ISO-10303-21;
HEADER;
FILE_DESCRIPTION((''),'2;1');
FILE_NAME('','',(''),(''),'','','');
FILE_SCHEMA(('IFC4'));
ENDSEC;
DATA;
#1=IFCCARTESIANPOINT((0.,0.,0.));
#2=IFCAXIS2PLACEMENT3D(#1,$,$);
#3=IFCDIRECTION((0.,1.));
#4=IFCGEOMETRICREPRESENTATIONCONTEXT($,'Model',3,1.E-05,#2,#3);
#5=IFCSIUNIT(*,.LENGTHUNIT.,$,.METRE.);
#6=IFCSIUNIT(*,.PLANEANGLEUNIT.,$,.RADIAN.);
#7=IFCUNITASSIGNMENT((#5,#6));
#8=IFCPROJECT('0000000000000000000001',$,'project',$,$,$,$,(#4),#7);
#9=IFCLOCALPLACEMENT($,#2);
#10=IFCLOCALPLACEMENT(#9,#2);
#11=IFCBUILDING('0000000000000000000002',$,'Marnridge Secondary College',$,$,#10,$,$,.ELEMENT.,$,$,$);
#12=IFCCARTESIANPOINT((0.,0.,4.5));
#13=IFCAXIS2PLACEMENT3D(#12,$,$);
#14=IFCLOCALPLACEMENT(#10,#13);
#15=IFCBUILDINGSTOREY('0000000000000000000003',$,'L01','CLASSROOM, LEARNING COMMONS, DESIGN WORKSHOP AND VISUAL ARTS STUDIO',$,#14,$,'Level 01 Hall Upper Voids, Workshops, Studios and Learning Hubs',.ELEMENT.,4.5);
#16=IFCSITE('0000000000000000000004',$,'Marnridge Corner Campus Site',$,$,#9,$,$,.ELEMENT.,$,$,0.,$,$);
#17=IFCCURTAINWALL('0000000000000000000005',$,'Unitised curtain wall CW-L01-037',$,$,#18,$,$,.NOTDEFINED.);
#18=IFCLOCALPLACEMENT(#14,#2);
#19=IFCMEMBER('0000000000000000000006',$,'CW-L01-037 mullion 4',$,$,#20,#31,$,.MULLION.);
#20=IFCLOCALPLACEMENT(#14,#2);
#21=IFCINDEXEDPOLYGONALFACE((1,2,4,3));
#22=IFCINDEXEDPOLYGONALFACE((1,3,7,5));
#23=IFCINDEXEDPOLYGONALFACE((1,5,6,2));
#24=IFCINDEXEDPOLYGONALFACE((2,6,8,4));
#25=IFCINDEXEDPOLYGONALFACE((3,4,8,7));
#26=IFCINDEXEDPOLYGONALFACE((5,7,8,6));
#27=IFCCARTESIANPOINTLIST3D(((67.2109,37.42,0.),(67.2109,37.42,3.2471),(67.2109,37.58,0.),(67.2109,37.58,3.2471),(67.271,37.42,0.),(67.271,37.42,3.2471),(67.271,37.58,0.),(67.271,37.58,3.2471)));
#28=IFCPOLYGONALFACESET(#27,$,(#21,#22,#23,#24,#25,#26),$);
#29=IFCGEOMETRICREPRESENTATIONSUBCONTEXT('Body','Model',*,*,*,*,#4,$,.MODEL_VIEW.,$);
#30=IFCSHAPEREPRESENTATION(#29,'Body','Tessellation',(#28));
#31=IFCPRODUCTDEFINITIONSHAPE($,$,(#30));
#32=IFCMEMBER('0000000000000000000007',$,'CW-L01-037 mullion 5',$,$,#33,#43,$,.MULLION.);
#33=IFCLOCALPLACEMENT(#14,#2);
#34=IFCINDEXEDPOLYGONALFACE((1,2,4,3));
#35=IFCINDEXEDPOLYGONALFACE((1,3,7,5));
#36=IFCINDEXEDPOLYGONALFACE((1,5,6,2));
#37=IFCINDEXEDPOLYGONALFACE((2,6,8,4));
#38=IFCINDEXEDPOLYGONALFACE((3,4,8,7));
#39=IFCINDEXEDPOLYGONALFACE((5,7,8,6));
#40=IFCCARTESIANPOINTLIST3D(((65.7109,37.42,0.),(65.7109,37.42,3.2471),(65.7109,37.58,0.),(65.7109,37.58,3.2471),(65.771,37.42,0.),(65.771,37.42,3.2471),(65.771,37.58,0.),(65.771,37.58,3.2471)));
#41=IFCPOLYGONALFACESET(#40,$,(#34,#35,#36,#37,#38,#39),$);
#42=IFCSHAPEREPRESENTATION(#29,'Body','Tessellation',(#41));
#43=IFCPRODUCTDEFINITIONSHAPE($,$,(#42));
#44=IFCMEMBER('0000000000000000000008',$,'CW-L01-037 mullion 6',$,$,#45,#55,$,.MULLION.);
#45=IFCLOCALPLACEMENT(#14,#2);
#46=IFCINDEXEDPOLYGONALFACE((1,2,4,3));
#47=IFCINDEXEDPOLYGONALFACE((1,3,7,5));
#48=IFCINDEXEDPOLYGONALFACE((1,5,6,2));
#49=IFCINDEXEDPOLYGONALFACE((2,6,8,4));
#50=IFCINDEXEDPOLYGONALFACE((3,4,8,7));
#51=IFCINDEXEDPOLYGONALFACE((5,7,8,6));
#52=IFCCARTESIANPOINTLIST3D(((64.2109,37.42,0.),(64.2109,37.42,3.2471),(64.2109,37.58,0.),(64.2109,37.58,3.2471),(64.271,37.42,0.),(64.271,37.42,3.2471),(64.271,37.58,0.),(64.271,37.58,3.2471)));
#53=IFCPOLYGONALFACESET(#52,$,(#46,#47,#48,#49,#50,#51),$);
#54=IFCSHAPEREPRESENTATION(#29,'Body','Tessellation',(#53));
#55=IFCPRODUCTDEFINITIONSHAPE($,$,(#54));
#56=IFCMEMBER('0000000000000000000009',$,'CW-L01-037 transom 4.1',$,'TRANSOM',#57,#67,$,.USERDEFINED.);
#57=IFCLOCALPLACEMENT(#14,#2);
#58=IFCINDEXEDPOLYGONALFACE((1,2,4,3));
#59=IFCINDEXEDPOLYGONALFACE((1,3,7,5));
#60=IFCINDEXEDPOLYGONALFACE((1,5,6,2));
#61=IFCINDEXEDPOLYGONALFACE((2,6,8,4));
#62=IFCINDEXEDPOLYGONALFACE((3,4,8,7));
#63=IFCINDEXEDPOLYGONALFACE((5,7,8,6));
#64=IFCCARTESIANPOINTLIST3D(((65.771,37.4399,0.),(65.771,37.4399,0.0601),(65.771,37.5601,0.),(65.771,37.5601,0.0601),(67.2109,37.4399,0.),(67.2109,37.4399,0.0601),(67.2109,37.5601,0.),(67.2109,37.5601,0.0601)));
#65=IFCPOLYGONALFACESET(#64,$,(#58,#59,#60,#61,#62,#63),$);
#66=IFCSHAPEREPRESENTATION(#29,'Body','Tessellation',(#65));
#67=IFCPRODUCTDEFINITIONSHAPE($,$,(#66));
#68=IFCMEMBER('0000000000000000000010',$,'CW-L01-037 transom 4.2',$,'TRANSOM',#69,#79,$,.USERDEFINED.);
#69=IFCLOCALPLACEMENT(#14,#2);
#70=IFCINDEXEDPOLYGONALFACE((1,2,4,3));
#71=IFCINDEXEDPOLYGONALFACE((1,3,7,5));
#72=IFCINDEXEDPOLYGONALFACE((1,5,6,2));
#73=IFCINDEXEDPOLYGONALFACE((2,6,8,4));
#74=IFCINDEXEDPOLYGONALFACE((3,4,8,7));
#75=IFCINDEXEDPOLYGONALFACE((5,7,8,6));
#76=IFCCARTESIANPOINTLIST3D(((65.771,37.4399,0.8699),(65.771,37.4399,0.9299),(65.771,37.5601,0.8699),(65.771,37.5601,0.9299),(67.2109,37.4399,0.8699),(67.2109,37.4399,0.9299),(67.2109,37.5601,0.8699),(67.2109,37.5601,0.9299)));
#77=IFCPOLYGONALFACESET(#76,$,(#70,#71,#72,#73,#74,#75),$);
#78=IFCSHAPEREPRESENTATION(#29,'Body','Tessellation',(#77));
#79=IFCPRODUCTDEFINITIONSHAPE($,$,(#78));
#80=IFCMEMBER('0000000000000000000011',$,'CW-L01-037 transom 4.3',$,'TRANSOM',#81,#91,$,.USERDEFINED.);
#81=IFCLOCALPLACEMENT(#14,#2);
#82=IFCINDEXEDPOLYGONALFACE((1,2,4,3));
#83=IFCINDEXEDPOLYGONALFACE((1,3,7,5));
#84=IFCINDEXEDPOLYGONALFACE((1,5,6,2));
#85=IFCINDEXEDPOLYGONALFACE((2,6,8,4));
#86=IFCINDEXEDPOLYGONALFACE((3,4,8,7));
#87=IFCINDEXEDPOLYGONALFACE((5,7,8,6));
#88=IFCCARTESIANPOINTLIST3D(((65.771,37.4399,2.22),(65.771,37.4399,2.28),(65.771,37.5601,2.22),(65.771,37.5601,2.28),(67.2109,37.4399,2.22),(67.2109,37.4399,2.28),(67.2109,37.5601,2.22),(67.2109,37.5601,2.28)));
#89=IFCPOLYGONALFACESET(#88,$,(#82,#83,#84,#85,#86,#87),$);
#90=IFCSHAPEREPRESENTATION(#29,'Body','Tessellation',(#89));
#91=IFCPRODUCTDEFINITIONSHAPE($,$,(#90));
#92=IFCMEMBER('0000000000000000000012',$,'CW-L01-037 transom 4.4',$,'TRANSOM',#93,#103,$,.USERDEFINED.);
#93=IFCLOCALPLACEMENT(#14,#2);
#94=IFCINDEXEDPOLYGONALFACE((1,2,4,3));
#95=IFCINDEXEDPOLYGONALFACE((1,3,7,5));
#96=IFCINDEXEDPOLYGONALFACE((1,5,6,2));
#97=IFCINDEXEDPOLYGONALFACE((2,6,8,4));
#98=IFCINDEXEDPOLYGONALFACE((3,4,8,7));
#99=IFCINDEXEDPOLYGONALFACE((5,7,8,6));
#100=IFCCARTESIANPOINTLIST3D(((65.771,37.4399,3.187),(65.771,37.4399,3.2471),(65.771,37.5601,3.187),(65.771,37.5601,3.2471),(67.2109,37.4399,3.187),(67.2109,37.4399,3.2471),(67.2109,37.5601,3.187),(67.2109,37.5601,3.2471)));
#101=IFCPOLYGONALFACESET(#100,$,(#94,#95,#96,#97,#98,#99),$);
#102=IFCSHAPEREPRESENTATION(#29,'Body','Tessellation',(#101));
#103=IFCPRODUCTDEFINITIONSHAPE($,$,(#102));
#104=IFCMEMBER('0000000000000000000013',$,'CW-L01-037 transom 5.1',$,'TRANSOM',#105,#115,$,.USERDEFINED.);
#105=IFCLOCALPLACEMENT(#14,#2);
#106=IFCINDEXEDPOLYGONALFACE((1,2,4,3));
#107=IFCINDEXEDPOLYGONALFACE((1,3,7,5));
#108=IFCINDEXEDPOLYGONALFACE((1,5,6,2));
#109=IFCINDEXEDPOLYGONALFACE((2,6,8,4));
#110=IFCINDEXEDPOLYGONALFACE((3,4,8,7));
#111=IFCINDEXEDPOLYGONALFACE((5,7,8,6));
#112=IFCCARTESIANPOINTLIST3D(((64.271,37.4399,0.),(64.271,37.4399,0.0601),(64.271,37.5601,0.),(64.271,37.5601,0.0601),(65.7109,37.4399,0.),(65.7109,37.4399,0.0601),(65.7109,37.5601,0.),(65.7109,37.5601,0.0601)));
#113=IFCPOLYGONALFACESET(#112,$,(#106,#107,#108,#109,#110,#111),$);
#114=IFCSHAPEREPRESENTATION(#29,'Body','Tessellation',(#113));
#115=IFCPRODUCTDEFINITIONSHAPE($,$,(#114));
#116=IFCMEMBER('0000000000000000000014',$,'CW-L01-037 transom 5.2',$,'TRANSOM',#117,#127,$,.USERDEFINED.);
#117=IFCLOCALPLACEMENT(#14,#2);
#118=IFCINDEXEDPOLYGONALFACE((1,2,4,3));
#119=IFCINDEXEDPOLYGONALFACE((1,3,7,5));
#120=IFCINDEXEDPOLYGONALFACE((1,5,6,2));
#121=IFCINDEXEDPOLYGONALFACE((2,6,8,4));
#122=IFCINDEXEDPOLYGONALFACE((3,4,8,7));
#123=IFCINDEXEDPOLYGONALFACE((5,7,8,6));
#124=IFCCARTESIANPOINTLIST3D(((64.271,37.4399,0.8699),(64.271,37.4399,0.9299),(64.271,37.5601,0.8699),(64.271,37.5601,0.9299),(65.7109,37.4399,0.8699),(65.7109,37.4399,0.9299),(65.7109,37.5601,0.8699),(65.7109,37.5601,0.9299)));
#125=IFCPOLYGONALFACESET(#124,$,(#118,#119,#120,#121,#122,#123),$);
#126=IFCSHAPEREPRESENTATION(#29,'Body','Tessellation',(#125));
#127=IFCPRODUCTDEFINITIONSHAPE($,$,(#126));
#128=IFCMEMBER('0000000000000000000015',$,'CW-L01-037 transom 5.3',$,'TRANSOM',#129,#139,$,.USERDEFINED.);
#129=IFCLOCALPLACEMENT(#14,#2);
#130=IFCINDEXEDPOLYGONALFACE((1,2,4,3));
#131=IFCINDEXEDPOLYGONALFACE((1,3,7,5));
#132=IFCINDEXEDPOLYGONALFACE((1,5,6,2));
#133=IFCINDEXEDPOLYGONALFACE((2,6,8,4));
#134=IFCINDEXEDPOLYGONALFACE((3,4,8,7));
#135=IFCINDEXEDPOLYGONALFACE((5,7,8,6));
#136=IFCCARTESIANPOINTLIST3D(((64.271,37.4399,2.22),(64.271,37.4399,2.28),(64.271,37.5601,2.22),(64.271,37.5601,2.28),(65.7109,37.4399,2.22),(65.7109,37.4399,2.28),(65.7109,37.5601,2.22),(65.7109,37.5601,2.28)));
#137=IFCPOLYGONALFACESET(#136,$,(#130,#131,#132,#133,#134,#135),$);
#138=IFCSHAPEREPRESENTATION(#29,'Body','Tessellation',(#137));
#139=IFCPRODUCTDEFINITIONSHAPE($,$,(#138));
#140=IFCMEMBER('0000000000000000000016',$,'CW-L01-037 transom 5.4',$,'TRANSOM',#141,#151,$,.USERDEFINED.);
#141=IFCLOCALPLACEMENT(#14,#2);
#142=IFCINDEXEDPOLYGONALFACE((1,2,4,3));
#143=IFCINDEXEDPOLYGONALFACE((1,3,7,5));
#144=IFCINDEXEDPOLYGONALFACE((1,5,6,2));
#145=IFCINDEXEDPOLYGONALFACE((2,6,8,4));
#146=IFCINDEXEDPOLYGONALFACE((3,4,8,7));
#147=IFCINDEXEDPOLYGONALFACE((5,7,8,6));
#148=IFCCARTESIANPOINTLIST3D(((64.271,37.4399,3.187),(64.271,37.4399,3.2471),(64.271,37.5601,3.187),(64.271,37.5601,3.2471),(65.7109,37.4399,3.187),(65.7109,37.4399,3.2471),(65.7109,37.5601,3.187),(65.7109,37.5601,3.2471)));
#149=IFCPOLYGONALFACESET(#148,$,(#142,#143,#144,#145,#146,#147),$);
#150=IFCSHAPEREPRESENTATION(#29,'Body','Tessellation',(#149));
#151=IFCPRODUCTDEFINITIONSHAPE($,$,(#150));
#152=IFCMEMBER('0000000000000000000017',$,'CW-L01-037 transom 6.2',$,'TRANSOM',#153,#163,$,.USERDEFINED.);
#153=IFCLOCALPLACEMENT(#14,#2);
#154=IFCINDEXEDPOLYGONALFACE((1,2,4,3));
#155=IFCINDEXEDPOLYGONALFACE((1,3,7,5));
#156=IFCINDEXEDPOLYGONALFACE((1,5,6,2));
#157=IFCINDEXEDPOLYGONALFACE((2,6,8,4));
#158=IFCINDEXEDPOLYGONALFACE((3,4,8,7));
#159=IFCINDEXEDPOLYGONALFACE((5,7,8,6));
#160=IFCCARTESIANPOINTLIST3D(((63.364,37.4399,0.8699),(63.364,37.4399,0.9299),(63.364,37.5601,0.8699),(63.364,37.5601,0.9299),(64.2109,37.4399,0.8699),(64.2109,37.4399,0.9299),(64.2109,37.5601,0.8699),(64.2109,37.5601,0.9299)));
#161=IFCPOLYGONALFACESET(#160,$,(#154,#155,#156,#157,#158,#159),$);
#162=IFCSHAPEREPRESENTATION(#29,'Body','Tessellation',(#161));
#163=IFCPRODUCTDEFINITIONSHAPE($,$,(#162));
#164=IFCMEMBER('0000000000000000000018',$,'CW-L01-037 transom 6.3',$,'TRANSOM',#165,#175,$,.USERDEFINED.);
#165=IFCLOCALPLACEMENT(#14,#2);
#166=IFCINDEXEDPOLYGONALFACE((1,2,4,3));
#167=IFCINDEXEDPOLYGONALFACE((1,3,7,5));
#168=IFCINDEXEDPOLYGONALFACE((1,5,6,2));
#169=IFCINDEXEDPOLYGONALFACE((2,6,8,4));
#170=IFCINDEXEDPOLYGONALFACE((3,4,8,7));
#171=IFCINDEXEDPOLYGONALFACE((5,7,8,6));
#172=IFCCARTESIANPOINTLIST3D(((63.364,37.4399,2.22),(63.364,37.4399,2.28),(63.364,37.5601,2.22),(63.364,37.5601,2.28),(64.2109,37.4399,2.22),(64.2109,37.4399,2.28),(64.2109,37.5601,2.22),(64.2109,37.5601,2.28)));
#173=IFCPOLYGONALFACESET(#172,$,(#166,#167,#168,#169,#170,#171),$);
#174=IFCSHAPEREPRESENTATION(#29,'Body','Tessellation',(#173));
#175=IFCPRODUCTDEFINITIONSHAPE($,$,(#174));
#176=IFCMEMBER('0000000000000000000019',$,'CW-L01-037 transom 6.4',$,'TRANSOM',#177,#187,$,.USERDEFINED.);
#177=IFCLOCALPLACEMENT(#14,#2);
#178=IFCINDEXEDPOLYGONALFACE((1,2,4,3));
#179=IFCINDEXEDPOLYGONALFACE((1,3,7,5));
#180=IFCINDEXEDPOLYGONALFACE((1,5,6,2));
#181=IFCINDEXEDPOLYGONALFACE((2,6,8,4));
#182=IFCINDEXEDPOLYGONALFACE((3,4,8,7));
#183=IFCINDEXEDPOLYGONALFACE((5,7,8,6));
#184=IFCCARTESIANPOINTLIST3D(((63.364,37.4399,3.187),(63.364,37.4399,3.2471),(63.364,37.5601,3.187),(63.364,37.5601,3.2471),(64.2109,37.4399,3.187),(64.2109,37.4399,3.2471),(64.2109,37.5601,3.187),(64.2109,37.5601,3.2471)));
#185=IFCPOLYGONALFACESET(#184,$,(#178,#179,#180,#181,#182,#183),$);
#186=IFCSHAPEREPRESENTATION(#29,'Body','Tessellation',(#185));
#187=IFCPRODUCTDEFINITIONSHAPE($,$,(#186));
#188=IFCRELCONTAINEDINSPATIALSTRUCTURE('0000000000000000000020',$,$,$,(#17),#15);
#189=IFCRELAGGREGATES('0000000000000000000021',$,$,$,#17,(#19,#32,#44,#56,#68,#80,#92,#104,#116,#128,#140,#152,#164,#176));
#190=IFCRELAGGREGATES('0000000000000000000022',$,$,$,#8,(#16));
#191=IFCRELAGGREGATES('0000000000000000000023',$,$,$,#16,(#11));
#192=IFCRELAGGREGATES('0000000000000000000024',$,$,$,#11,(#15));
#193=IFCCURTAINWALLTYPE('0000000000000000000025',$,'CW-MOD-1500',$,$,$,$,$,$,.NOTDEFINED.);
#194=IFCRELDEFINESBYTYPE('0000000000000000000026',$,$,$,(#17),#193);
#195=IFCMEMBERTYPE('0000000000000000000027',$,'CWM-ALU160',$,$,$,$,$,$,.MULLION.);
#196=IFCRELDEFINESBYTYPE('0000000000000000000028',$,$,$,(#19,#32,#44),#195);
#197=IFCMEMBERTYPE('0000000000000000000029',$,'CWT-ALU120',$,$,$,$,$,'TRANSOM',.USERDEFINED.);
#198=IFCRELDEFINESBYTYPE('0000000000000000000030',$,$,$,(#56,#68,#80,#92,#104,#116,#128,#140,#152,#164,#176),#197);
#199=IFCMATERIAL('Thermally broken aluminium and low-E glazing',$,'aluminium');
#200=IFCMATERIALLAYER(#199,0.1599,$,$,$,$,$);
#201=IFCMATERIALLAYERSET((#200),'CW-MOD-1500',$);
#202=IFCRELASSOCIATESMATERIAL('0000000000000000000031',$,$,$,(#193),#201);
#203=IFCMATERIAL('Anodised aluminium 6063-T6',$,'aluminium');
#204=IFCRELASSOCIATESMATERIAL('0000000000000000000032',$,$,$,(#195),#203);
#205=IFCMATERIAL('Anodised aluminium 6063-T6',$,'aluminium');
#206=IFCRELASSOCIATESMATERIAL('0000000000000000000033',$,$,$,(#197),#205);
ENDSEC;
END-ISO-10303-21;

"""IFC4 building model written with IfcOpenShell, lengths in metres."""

from ifc_helpers import new_model, si_unit, direction, frame, origin, origin_2d, place, context, subcontext, project, spatial, rectangle, extrude, material, layer, layer_set, material_profile, profile_set, type_object, element, aggregate, save


model = new_model("IFC4")

# Units and contexts
model_context = context("Model", 3, precision=1e-05, world=origin(), true_north=direction((0.0, 1.0)))
body_context = subcontext(model_context, "Body", "Model", "MODEL_VIEW")
ifc_project = project(units=[si_unit("LENGTHUNIT", "METRE"), si_unit("PLANEANGLEUNIT", "RADIAN")], contexts=[model_context])

# Site, building, storey
site_placement = place(None, origin())
site = spatial("IfcSite", under=ifc_project, at=site_placement, Name="Marnridge Corner Campus Site", CompositionType="ELEMENT", RefElevation=0.0)
building_placement = place(site_placement, origin())
building = spatial("IfcBuilding", under=site, at=building_placement, Name="Marnridge Secondary College", CompositionType="ELEMENT")
storey_placement = place(building_placement, frame((0.0, 0.0, 4.5)))
storey = spatial("IfcBuildingStorey", under=building, at=storey_placement, Name="L01", Description="CLASSROOM, LEARNING COMMONS, DESIGN WORKSHOP AND VISUAL ARTS STUDIO", LongName="Level 01 Hall Upper Voids, Workshops, Studios and Learning Hubs", CompositionType="ELEMENT", Elevation=4.5)

# Curtain wall, members
ifc_material_1 = material(Name="Thermally broken aluminium and low-E glazing", Category="aluminium")
ifc_layer_1 = layer(ifc_material_1, 0.1599)
ifc_layer_set_1 = layer_set([ifc_layer_1], Name="CW-MOD-1500")
curtain_wall_type = type_object("IfcCurtainWallType", Name="CW-MOD-1500", PredefinedType="NOTDEFINED", material=ifc_layer_set_1)
curtain_wall_placement = place(storey_placement, origin())
curtain_wall = element("IfcCurtainWall", 1, at=curtain_wall_placement, inside=storey, type_object=curtain_wall_type, Name="Unitised curtain wall CW-L01-037", PredefinedType="NOTDEFINED")
ifc_material_2 = material(Name="Anodised aluminium 6063-T6", Category="aluminium")
ifc_material_profile_1 = material_profile(ifc_material_2, rectangle(XDim=0.0601, YDim=0.1599, at=origin_2d()), Name="ALU 60x160")
ifc_profile_set_1 = profile_set([ifc_material_profile_1], Name="Anodised aluminium 6063-T6")
member_type_1 = type_object("IfcMemberType", Name="CWM-ALU160", PredefinedType="MULLION", material=ifc_profile_set_1)
member_1_placement = place(storey_placement, frame((67.241, 37.5, 0.0), z_axis=(0.0, 0.0, 1.0), x_axis=(-1.0, 0.0, 0.0)))
member_1 = element("IfcMember", 2, at=member_1_placement, type_object=member_type_1, Name="CW-L01-037 mullion 4", PredefinedType="MULLION", context=body_context, shape_type="SweptSolid", body=[
    extrude(rectangle(XDim=0.0601, YDim=0.1599, at=origin_2d()), origin(), (0.0, 0.0, 1.0), 3.2471),
])
member_2_placement = place(storey_placement, frame((65.741, 37.5, 0.0), z_axis=(0.0, 0.0, 1.0), x_axis=(-1.0, 0.0, 0.0)))
member_2 = element("IfcMember", 3, at=member_2_placement, type_object=member_type_1, Name="CW-L01-037 mullion 5", PredefinedType="MULLION", context=body_context, shape_type="SweptSolid", body=[
    extrude(rectangle(XDim=0.0601, YDim=0.1599, at=origin_2d()), origin(), (0.0, 0.0, 1.0), 3.2471),
])
member_3_placement = place(storey_placement, frame((64.241, 37.5, 0.0), z_axis=(0.0, 0.0, 1.0), x_axis=(-1.0, 0.0, 0.0)))
member_3 = element("IfcMember", 4, at=member_3_placement, type_object=member_type_1, Name="CW-L01-037 mullion 6", PredefinedType="MULLION", context=body_context, shape_type="SweptSolid", body=[
    extrude(rectangle(XDim=0.0601, YDim=0.1599, at=origin_2d()), origin(), (0.0, 0.0, 1.0), 3.2471),
])
ifc_material_3 = material(Name="Anodised aluminium 6063-T6", Category="aluminium")
ifc_material_profile_2 = material_profile(ifc_material_3, rectangle(XDim=0.0601, YDim=0.1201, at=origin_2d()), Name="ALU 60x120")
ifc_profile_set_2 = profile_set([ifc_material_profile_2], Name="Anodised aluminium 6063-T6")
member_type_2 = type_object("IfcMemberType", Name="CWT-ALU120", ElementType="TRANSOM", PredefinedType="USERDEFINED", material=ifc_profile_set_2)
member_4_placement = place(storey_placement, frame((67.2109, 37.5, 0.03), z_axis=(-1.0, 0.0, 0.0), x_axis=(0.0, 0.0, 1.0)))
member_4 = element("IfcMember", 5, at=member_4_placement, type_object=member_type_2, Name="CW-L01-037 transom 4.1", ObjectType="TRANSOM", PredefinedType="USERDEFINED", context=body_context, shape_type="SweptSolid", body=[
    extrude(rectangle(XDim=0.0601, YDim=0.1201, at=origin_2d()), origin(), (0.0, 0.0, 1.0), 1.4399),
])
member_5_placement = place(storey_placement, frame((67.2109, 37.5, 0.8999), z_axis=(-1.0, 0.0, 0.0), x_axis=(0.0, 0.0, 1.0)))
member_5 = element("IfcMember", 6, at=member_5_placement, type_object=member_type_2, Name="CW-L01-037 transom 4.2", ObjectType="TRANSOM", PredefinedType="USERDEFINED", context=body_context, shape_type="SweptSolid", body=[
    extrude(rectangle(XDim=0.0601, YDim=0.1201, at=origin_2d()), origin(), (0.0, 0.0, 1.0), 1.4399),
])
member_6_placement = place(storey_placement, frame((67.2109, 37.5, 2.25), z_axis=(-1.0, 0.0, 0.0), x_axis=(0.0, 0.0, 1.0)))
member_6 = element("IfcMember", 7, at=member_6_placement, type_object=member_type_2, Name="CW-L01-037 transom 4.3", ObjectType="TRANSOM", PredefinedType="USERDEFINED", context=body_context, shape_type="SweptSolid", body=[
    extrude(rectangle(XDim=0.0601, YDim=0.1201, at=origin_2d()), origin(), (0.0, 0.0, 1.0), 1.4399),
])
member_7_placement = place(storey_placement, frame((67.2109, 37.5, 3.217), z_axis=(-1.0, 0.0, 0.0), x_axis=(0.0, 0.0, 1.0)))
member_7 = element("IfcMember", 8, at=member_7_placement, type_object=member_type_2, Name="CW-L01-037 transom 4.4", ObjectType="TRANSOM", PredefinedType="USERDEFINED", context=body_context, shape_type="SweptSolid", body=[
    extrude(rectangle(XDim=0.0601, YDim=0.1201, at=origin_2d()), origin(), (0.0, 0.0, 1.0), 1.4399),
])
member_8_placement = place(storey_placement, frame((65.7109, 37.5, 0.03), z_axis=(-1.0, 0.0, 0.0), x_axis=(0.0, 0.0, 1.0)))
member_8 = element("IfcMember", 9, at=member_8_placement, type_object=member_type_2, Name="CW-L01-037 transom 5.1", ObjectType="TRANSOM", PredefinedType="USERDEFINED", context=body_context, shape_type="SweptSolid", body=[
    extrude(rectangle(XDim=0.0601, YDim=0.1201, at=origin_2d()), origin(), (0.0, 0.0, 1.0), 1.4399),
])
member_9_placement = place(storey_placement, frame((65.7109, 37.5, 0.8999), z_axis=(-1.0, 0.0, 0.0), x_axis=(0.0, 0.0, 1.0)))
member_9 = element("IfcMember", 10, at=member_9_placement, type_object=member_type_2, Name="CW-L01-037 transom 5.2", ObjectType="TRANSOM", PredefinedType="USERDEFINED", context=body_context, shape_type="SweptSolid", body=[
    extrude(rectangle(XDim=0.0601, YDim=0.1201, at=origin_2d()), origin(), (0.0, 0.0, 1.0), 1.4399),
])
member_10_placement = place(storey_placement, frame((65.7109, 37.5, 2.25), z_axis=(-1.0, 0.0, 0.0), x_axis=(0.0, 0.0, 1.0)))
member_10 = element("IfcMember", 11, at=member_10_placement, type_object=member_type_2, Name="CW-L01-037 transom 5.3", ObjectType="TRANSOM", PredefinedType="USERDEFINED", context=body_context, shape_type="SweptSolid", body=[
    extrude(rectangle(XDim=0.0601, YDim=0.1201, at=origin_2d()), origin(), (0.0, 0.0, 1.0), 1.4399),
])
member_11_placement = place(storey_placement, frame((65.7109, 37.5, 3.217), z_axis=(-1.0, 0.0, 0.0), x_axis=(0.0, 0.0, 1.0)))
member_11 = element("IfcMember", 12, at=member_11_placement, type_object=member_type_2, Name="CW-L01-037 transom 5.4", ObjectType="TRANSOM", PredefinedType="USERDEFINED", context=body_context, shape_type="SweptSolid", body=[
    extrude(rectangle(XDim=0.0601, YDim=0.1201, at=origin_2d()), origin(), (0.0, 0.0, 1.0), 1.4399),
])
member_12_placement = place(storey_placement, frame((64.2109, 37.5, 0.8999), z_axis=(-1.0, 0.0, 0.0), x_axis=(0.0, 0.0, 1.0)))
member_12 = element("IfcMember", 13, at=member_12_placement, type_object=member_type_2, Name="CW-L01-037 transom 6.2", ObjectType="TRANSOM", PredefinedType="USERDEFINED", context=body_context, shape_type="SweptSolid", body=[
    extrude(rectangle(XDim=0.0601, YDim=0.1201, at=origin_2d()), origin(), (0.0, 0.0, 1.0), 0.8469),
])
member_13_placement = place(storey_placement, frame((64.2109, 37.5, 2.25), z_axis=(-1.0, 0.0, 0.0), x_axis=(0.0, 0.0, 1.0)))
member_13 = element("IfcMember", 14, at=member_13_placement, type_object=member_type_2, Name="CW-L01-037 transom 6.3", ObjectType="TRANSOM", PredefinedType="USERDEFINED", context=body_context, shape_type="SweptSolid", body=[
    extrude(rectangle(XDim=0.0601, YDim=0.1201, at=origin_2d()), origin(), (0.0, 0.0, 1.0), 0.8469),
])
member_14_placement = place(storey_placement, frame((64.2109, 37.5, 3.217), z_axis=(-1.0, 0.0, 0.0), x_axis=(0.0, 0.0, 1.0)))
member_14 = element("IfcMember", 15, at=member_14_placement, type_object=member_type_2, Name="CW-L01-037 transom 6.4", ObjectType="TRANSOM", PredefinedType="USERDEFINED", context=body_context, shape_type="SweptSolid", body=[
    extrude(rectangle(XDim=0.0601, YDim=0.1201, at=origin_2d()), origin(), (0.0, 0.0, 1.0), 0.8469),
])
aggregate(curtain_wall, [member_1, member_2, member_3, member_4, member_5, member_6, member_7, member_8, member_9, member_10, member_11, member_12, member_13, member_14])

save(model, "model.ifc")
